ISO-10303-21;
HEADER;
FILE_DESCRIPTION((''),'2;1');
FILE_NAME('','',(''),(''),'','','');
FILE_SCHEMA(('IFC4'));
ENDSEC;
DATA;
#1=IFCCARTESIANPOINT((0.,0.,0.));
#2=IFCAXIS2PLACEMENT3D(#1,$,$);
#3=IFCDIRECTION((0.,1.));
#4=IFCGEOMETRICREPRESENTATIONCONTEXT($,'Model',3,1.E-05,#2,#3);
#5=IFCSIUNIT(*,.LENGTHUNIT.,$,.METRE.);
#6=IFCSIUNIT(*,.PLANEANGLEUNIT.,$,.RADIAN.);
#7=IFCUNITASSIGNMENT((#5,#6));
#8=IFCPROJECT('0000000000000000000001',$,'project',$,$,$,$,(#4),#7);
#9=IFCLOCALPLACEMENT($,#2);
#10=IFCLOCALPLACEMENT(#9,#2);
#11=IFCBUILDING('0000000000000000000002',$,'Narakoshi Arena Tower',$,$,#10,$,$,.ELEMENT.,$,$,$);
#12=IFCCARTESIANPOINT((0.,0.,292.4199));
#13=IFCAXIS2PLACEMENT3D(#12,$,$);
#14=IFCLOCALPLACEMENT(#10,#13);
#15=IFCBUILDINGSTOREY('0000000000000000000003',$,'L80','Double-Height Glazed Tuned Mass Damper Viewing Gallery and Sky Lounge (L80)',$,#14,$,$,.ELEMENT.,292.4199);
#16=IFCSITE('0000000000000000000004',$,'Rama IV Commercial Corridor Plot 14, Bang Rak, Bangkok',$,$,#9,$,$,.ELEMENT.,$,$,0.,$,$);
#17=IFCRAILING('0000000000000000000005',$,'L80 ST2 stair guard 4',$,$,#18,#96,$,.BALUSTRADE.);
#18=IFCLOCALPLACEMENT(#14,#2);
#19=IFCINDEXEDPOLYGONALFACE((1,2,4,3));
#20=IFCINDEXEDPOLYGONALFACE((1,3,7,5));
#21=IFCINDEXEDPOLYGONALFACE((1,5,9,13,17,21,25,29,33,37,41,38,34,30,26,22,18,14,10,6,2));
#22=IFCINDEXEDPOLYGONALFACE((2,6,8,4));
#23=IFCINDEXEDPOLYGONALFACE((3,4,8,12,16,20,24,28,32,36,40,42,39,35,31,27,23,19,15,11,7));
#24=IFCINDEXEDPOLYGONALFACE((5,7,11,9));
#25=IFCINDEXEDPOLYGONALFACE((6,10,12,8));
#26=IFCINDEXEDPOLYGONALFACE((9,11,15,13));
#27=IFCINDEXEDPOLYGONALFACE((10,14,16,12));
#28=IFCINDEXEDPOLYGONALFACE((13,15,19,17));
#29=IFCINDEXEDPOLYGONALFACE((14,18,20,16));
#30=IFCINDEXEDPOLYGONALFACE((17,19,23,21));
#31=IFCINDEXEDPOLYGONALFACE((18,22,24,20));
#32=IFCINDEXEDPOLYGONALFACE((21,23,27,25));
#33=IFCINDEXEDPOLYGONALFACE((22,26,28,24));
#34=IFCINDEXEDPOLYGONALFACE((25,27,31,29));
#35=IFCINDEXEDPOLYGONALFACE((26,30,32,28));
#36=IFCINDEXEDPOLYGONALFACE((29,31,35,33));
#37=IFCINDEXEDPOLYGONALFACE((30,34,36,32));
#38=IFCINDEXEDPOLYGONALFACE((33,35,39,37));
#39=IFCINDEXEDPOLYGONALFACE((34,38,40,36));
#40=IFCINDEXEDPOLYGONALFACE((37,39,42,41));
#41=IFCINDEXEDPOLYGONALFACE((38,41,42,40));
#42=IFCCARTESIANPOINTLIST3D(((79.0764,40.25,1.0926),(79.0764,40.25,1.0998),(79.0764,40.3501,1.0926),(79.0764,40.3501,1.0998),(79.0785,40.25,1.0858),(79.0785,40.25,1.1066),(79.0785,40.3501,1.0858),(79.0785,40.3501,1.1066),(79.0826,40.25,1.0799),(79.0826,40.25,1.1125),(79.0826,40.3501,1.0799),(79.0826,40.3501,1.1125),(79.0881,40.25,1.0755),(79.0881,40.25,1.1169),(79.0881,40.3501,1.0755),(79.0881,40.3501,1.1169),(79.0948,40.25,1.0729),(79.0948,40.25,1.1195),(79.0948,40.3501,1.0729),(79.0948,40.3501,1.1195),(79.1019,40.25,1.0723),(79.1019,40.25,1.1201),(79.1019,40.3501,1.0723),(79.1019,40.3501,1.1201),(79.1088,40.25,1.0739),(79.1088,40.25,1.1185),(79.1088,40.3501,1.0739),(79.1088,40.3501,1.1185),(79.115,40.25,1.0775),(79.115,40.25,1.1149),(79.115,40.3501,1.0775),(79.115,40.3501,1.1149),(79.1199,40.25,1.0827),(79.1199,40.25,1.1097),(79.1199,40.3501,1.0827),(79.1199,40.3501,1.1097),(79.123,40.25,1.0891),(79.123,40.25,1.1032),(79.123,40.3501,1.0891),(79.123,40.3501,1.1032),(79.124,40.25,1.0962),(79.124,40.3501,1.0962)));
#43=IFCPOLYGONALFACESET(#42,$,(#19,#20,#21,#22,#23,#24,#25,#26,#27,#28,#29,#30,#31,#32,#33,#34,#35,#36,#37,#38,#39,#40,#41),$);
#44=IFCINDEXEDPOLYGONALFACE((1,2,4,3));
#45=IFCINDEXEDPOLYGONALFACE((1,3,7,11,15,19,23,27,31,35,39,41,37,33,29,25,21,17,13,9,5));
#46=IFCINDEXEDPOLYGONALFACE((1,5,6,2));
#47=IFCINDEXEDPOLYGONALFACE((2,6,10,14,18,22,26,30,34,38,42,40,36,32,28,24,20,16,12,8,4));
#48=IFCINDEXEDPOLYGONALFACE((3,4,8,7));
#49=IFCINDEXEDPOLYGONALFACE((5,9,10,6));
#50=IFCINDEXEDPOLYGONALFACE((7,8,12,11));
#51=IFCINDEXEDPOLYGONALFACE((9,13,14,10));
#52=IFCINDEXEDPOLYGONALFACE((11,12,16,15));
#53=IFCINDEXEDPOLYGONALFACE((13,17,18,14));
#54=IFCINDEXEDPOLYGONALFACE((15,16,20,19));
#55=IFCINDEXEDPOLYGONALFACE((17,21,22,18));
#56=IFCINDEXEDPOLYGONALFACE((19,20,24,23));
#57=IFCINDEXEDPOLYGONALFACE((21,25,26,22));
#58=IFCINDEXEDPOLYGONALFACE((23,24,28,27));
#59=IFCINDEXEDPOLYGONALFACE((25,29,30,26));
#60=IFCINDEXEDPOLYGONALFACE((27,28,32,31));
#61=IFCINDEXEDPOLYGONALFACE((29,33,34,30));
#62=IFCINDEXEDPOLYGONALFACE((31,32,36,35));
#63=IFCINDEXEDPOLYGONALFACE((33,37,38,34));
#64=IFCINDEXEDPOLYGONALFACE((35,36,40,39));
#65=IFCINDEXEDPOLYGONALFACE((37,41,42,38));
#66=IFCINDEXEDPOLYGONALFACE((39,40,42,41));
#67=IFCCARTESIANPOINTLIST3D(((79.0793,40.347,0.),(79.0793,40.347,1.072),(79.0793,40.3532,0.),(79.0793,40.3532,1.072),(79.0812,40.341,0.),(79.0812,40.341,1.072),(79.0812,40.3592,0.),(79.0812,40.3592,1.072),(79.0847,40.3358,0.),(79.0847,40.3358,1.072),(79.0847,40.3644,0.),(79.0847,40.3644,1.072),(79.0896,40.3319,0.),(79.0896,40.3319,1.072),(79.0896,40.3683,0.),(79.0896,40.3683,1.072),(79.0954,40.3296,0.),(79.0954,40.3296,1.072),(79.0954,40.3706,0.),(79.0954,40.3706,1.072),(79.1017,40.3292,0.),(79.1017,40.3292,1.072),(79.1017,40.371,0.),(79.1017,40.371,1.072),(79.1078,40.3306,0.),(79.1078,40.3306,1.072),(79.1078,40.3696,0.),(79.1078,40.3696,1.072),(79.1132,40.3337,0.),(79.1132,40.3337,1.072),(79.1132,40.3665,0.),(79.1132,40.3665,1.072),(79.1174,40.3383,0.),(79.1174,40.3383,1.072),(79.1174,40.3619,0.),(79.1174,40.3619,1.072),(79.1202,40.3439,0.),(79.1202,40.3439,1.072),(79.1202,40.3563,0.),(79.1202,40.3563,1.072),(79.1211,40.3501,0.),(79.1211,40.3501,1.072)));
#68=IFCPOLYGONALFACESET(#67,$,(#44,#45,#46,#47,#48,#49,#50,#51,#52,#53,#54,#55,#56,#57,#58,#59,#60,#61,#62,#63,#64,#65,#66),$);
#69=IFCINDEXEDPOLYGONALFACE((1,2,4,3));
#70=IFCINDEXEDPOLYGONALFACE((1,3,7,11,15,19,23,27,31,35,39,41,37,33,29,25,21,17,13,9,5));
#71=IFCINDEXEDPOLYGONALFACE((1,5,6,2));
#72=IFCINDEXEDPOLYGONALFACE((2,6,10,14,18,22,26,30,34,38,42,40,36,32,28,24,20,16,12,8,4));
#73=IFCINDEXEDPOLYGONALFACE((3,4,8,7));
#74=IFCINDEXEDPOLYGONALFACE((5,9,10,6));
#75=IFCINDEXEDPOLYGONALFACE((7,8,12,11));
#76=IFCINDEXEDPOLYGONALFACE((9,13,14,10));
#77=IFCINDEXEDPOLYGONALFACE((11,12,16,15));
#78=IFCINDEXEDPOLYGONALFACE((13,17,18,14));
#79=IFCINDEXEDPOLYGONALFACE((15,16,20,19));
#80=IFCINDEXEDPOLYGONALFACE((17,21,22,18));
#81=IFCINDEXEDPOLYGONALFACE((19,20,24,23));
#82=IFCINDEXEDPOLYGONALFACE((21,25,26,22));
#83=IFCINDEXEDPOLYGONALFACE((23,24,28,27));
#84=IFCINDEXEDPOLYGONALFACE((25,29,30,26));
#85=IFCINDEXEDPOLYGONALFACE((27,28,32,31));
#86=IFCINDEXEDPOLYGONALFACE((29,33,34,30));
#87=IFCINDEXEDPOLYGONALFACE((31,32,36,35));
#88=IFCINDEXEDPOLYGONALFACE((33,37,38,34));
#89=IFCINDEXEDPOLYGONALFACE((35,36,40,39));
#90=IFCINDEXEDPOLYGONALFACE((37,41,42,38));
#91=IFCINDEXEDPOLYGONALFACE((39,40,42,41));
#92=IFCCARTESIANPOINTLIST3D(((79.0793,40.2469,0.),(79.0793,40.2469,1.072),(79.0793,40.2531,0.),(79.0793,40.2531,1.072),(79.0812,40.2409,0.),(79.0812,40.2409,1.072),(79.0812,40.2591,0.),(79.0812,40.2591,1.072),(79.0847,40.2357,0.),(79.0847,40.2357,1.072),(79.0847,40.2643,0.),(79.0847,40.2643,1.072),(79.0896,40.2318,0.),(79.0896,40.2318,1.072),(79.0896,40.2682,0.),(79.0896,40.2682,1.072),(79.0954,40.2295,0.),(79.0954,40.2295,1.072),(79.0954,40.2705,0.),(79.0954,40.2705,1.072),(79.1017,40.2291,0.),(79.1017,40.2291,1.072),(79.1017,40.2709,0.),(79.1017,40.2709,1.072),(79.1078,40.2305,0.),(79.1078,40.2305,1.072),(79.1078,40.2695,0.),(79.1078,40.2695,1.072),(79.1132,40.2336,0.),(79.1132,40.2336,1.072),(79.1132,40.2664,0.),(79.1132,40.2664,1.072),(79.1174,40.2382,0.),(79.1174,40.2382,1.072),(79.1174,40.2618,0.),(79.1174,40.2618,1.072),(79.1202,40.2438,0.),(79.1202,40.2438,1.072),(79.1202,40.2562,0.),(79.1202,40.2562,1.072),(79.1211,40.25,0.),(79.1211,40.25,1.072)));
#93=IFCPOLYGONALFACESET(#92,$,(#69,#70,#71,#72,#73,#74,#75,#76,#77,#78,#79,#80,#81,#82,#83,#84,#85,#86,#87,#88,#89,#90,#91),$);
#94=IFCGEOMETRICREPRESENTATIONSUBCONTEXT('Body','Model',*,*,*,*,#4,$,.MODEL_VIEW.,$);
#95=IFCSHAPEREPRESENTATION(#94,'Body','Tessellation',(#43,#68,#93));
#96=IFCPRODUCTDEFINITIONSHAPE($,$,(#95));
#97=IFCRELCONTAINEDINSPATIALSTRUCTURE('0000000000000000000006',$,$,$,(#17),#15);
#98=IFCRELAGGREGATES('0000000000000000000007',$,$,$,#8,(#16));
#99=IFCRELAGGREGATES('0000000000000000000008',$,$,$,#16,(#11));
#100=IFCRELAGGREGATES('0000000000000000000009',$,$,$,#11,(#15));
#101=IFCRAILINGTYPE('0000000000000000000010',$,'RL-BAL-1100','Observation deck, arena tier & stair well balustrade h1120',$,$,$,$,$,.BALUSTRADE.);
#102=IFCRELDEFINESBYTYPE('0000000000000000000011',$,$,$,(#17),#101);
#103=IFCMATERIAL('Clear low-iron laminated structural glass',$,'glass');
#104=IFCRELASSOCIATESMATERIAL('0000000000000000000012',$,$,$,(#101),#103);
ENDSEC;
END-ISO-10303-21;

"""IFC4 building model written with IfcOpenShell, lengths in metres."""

from ifc_helpers import new_model, si_unit, direction, frame, origin, origin_2d, place, context, subcontext, project, spatial, circle, extrude, material, type_object, element, save


model = new_model("IFC4")

# Units and contexts
model_context = context("Model", 3, precision=1e-05, world=origin(), true_north=direction((0.0, 1.0)))
body_context = subcontext(model_context, "Body", "Model", "MODEL_VIEW")
ifc_project = project(units=[si_unit("LENGTHUNIT", "METRE"), si_unit("PLANEANGLEUNIT", "RADIAN")], contexts=[model_context])

# Site, building, storey
site_placement = place(None, origin())
site = spatial("IfcSite", under=ifc_project, at=site_placement, Name="Rama IV Commercial Corridor Plot 14, Bang Rak, Bangkok", CompositionType="ELEMENT", RefElevation=0.0)
building_placement = place(site_placement, origin())
building = spatial("IfcBuilding", under=site, at=building_placement, Name="Narakoshi Arena Tower", CompositionType="ELEMENT")
storey_placement = place(building_placement, frame((0.0, 0.0, 292.4199)))
storey = spatial("IfcBuildingStorey", under=building, at=storey_placement, Name="L80", Description="Double-Height Glazed Tuned Mass Damper Viewing Gallery and Sky Lounge (L80)", CompositionType="ELEMENT", Elevation=292.4199)

# Railing
ifc_material_1 = material(Name="Clear low-iron laminated structural glass", Category="glass")
railing_type_1 = type_object("IfcRailingType", Name="RL-BAL-1100", Description="Observation deck, arena tier & stair well balustrade h1120", PredefinedType="BALUSTRADE", material=ifc_material_1)
railing_1_placement = place(storey_placement, frame((79.1001, 40.3501, 0.0)))
element("IfcRailing", 1, at=railing_1_placement, inside=storey, type_object=railing_type_1, Name="L80 ST2 stair guard 4", PredefinedType="BALUSTRADE", context=body_context, shape_type="SweptSolid", body=[
    extrude(circle(Radius=0.0239, at=origin_2d()), frame((0.0, 0.0, 1.0962), z_axis=(0.0, -1.0, 0.0), x_axis=(1.0, 0.0, 0.0)), (0.0, 0.0, 1.0), 0.1001),
    extrude(circle(Radius=0.021, at=origin_2d()), origin(), (0.0, 0.0, 1.0), 1.072),
    extrude(circle(Radius=0.021, at=origin_2d()), frame((0.0, -0.1001, 0.0)), (0.0, 0.0, 1.0), 1.072),
])

save(model, "model.ifc")
